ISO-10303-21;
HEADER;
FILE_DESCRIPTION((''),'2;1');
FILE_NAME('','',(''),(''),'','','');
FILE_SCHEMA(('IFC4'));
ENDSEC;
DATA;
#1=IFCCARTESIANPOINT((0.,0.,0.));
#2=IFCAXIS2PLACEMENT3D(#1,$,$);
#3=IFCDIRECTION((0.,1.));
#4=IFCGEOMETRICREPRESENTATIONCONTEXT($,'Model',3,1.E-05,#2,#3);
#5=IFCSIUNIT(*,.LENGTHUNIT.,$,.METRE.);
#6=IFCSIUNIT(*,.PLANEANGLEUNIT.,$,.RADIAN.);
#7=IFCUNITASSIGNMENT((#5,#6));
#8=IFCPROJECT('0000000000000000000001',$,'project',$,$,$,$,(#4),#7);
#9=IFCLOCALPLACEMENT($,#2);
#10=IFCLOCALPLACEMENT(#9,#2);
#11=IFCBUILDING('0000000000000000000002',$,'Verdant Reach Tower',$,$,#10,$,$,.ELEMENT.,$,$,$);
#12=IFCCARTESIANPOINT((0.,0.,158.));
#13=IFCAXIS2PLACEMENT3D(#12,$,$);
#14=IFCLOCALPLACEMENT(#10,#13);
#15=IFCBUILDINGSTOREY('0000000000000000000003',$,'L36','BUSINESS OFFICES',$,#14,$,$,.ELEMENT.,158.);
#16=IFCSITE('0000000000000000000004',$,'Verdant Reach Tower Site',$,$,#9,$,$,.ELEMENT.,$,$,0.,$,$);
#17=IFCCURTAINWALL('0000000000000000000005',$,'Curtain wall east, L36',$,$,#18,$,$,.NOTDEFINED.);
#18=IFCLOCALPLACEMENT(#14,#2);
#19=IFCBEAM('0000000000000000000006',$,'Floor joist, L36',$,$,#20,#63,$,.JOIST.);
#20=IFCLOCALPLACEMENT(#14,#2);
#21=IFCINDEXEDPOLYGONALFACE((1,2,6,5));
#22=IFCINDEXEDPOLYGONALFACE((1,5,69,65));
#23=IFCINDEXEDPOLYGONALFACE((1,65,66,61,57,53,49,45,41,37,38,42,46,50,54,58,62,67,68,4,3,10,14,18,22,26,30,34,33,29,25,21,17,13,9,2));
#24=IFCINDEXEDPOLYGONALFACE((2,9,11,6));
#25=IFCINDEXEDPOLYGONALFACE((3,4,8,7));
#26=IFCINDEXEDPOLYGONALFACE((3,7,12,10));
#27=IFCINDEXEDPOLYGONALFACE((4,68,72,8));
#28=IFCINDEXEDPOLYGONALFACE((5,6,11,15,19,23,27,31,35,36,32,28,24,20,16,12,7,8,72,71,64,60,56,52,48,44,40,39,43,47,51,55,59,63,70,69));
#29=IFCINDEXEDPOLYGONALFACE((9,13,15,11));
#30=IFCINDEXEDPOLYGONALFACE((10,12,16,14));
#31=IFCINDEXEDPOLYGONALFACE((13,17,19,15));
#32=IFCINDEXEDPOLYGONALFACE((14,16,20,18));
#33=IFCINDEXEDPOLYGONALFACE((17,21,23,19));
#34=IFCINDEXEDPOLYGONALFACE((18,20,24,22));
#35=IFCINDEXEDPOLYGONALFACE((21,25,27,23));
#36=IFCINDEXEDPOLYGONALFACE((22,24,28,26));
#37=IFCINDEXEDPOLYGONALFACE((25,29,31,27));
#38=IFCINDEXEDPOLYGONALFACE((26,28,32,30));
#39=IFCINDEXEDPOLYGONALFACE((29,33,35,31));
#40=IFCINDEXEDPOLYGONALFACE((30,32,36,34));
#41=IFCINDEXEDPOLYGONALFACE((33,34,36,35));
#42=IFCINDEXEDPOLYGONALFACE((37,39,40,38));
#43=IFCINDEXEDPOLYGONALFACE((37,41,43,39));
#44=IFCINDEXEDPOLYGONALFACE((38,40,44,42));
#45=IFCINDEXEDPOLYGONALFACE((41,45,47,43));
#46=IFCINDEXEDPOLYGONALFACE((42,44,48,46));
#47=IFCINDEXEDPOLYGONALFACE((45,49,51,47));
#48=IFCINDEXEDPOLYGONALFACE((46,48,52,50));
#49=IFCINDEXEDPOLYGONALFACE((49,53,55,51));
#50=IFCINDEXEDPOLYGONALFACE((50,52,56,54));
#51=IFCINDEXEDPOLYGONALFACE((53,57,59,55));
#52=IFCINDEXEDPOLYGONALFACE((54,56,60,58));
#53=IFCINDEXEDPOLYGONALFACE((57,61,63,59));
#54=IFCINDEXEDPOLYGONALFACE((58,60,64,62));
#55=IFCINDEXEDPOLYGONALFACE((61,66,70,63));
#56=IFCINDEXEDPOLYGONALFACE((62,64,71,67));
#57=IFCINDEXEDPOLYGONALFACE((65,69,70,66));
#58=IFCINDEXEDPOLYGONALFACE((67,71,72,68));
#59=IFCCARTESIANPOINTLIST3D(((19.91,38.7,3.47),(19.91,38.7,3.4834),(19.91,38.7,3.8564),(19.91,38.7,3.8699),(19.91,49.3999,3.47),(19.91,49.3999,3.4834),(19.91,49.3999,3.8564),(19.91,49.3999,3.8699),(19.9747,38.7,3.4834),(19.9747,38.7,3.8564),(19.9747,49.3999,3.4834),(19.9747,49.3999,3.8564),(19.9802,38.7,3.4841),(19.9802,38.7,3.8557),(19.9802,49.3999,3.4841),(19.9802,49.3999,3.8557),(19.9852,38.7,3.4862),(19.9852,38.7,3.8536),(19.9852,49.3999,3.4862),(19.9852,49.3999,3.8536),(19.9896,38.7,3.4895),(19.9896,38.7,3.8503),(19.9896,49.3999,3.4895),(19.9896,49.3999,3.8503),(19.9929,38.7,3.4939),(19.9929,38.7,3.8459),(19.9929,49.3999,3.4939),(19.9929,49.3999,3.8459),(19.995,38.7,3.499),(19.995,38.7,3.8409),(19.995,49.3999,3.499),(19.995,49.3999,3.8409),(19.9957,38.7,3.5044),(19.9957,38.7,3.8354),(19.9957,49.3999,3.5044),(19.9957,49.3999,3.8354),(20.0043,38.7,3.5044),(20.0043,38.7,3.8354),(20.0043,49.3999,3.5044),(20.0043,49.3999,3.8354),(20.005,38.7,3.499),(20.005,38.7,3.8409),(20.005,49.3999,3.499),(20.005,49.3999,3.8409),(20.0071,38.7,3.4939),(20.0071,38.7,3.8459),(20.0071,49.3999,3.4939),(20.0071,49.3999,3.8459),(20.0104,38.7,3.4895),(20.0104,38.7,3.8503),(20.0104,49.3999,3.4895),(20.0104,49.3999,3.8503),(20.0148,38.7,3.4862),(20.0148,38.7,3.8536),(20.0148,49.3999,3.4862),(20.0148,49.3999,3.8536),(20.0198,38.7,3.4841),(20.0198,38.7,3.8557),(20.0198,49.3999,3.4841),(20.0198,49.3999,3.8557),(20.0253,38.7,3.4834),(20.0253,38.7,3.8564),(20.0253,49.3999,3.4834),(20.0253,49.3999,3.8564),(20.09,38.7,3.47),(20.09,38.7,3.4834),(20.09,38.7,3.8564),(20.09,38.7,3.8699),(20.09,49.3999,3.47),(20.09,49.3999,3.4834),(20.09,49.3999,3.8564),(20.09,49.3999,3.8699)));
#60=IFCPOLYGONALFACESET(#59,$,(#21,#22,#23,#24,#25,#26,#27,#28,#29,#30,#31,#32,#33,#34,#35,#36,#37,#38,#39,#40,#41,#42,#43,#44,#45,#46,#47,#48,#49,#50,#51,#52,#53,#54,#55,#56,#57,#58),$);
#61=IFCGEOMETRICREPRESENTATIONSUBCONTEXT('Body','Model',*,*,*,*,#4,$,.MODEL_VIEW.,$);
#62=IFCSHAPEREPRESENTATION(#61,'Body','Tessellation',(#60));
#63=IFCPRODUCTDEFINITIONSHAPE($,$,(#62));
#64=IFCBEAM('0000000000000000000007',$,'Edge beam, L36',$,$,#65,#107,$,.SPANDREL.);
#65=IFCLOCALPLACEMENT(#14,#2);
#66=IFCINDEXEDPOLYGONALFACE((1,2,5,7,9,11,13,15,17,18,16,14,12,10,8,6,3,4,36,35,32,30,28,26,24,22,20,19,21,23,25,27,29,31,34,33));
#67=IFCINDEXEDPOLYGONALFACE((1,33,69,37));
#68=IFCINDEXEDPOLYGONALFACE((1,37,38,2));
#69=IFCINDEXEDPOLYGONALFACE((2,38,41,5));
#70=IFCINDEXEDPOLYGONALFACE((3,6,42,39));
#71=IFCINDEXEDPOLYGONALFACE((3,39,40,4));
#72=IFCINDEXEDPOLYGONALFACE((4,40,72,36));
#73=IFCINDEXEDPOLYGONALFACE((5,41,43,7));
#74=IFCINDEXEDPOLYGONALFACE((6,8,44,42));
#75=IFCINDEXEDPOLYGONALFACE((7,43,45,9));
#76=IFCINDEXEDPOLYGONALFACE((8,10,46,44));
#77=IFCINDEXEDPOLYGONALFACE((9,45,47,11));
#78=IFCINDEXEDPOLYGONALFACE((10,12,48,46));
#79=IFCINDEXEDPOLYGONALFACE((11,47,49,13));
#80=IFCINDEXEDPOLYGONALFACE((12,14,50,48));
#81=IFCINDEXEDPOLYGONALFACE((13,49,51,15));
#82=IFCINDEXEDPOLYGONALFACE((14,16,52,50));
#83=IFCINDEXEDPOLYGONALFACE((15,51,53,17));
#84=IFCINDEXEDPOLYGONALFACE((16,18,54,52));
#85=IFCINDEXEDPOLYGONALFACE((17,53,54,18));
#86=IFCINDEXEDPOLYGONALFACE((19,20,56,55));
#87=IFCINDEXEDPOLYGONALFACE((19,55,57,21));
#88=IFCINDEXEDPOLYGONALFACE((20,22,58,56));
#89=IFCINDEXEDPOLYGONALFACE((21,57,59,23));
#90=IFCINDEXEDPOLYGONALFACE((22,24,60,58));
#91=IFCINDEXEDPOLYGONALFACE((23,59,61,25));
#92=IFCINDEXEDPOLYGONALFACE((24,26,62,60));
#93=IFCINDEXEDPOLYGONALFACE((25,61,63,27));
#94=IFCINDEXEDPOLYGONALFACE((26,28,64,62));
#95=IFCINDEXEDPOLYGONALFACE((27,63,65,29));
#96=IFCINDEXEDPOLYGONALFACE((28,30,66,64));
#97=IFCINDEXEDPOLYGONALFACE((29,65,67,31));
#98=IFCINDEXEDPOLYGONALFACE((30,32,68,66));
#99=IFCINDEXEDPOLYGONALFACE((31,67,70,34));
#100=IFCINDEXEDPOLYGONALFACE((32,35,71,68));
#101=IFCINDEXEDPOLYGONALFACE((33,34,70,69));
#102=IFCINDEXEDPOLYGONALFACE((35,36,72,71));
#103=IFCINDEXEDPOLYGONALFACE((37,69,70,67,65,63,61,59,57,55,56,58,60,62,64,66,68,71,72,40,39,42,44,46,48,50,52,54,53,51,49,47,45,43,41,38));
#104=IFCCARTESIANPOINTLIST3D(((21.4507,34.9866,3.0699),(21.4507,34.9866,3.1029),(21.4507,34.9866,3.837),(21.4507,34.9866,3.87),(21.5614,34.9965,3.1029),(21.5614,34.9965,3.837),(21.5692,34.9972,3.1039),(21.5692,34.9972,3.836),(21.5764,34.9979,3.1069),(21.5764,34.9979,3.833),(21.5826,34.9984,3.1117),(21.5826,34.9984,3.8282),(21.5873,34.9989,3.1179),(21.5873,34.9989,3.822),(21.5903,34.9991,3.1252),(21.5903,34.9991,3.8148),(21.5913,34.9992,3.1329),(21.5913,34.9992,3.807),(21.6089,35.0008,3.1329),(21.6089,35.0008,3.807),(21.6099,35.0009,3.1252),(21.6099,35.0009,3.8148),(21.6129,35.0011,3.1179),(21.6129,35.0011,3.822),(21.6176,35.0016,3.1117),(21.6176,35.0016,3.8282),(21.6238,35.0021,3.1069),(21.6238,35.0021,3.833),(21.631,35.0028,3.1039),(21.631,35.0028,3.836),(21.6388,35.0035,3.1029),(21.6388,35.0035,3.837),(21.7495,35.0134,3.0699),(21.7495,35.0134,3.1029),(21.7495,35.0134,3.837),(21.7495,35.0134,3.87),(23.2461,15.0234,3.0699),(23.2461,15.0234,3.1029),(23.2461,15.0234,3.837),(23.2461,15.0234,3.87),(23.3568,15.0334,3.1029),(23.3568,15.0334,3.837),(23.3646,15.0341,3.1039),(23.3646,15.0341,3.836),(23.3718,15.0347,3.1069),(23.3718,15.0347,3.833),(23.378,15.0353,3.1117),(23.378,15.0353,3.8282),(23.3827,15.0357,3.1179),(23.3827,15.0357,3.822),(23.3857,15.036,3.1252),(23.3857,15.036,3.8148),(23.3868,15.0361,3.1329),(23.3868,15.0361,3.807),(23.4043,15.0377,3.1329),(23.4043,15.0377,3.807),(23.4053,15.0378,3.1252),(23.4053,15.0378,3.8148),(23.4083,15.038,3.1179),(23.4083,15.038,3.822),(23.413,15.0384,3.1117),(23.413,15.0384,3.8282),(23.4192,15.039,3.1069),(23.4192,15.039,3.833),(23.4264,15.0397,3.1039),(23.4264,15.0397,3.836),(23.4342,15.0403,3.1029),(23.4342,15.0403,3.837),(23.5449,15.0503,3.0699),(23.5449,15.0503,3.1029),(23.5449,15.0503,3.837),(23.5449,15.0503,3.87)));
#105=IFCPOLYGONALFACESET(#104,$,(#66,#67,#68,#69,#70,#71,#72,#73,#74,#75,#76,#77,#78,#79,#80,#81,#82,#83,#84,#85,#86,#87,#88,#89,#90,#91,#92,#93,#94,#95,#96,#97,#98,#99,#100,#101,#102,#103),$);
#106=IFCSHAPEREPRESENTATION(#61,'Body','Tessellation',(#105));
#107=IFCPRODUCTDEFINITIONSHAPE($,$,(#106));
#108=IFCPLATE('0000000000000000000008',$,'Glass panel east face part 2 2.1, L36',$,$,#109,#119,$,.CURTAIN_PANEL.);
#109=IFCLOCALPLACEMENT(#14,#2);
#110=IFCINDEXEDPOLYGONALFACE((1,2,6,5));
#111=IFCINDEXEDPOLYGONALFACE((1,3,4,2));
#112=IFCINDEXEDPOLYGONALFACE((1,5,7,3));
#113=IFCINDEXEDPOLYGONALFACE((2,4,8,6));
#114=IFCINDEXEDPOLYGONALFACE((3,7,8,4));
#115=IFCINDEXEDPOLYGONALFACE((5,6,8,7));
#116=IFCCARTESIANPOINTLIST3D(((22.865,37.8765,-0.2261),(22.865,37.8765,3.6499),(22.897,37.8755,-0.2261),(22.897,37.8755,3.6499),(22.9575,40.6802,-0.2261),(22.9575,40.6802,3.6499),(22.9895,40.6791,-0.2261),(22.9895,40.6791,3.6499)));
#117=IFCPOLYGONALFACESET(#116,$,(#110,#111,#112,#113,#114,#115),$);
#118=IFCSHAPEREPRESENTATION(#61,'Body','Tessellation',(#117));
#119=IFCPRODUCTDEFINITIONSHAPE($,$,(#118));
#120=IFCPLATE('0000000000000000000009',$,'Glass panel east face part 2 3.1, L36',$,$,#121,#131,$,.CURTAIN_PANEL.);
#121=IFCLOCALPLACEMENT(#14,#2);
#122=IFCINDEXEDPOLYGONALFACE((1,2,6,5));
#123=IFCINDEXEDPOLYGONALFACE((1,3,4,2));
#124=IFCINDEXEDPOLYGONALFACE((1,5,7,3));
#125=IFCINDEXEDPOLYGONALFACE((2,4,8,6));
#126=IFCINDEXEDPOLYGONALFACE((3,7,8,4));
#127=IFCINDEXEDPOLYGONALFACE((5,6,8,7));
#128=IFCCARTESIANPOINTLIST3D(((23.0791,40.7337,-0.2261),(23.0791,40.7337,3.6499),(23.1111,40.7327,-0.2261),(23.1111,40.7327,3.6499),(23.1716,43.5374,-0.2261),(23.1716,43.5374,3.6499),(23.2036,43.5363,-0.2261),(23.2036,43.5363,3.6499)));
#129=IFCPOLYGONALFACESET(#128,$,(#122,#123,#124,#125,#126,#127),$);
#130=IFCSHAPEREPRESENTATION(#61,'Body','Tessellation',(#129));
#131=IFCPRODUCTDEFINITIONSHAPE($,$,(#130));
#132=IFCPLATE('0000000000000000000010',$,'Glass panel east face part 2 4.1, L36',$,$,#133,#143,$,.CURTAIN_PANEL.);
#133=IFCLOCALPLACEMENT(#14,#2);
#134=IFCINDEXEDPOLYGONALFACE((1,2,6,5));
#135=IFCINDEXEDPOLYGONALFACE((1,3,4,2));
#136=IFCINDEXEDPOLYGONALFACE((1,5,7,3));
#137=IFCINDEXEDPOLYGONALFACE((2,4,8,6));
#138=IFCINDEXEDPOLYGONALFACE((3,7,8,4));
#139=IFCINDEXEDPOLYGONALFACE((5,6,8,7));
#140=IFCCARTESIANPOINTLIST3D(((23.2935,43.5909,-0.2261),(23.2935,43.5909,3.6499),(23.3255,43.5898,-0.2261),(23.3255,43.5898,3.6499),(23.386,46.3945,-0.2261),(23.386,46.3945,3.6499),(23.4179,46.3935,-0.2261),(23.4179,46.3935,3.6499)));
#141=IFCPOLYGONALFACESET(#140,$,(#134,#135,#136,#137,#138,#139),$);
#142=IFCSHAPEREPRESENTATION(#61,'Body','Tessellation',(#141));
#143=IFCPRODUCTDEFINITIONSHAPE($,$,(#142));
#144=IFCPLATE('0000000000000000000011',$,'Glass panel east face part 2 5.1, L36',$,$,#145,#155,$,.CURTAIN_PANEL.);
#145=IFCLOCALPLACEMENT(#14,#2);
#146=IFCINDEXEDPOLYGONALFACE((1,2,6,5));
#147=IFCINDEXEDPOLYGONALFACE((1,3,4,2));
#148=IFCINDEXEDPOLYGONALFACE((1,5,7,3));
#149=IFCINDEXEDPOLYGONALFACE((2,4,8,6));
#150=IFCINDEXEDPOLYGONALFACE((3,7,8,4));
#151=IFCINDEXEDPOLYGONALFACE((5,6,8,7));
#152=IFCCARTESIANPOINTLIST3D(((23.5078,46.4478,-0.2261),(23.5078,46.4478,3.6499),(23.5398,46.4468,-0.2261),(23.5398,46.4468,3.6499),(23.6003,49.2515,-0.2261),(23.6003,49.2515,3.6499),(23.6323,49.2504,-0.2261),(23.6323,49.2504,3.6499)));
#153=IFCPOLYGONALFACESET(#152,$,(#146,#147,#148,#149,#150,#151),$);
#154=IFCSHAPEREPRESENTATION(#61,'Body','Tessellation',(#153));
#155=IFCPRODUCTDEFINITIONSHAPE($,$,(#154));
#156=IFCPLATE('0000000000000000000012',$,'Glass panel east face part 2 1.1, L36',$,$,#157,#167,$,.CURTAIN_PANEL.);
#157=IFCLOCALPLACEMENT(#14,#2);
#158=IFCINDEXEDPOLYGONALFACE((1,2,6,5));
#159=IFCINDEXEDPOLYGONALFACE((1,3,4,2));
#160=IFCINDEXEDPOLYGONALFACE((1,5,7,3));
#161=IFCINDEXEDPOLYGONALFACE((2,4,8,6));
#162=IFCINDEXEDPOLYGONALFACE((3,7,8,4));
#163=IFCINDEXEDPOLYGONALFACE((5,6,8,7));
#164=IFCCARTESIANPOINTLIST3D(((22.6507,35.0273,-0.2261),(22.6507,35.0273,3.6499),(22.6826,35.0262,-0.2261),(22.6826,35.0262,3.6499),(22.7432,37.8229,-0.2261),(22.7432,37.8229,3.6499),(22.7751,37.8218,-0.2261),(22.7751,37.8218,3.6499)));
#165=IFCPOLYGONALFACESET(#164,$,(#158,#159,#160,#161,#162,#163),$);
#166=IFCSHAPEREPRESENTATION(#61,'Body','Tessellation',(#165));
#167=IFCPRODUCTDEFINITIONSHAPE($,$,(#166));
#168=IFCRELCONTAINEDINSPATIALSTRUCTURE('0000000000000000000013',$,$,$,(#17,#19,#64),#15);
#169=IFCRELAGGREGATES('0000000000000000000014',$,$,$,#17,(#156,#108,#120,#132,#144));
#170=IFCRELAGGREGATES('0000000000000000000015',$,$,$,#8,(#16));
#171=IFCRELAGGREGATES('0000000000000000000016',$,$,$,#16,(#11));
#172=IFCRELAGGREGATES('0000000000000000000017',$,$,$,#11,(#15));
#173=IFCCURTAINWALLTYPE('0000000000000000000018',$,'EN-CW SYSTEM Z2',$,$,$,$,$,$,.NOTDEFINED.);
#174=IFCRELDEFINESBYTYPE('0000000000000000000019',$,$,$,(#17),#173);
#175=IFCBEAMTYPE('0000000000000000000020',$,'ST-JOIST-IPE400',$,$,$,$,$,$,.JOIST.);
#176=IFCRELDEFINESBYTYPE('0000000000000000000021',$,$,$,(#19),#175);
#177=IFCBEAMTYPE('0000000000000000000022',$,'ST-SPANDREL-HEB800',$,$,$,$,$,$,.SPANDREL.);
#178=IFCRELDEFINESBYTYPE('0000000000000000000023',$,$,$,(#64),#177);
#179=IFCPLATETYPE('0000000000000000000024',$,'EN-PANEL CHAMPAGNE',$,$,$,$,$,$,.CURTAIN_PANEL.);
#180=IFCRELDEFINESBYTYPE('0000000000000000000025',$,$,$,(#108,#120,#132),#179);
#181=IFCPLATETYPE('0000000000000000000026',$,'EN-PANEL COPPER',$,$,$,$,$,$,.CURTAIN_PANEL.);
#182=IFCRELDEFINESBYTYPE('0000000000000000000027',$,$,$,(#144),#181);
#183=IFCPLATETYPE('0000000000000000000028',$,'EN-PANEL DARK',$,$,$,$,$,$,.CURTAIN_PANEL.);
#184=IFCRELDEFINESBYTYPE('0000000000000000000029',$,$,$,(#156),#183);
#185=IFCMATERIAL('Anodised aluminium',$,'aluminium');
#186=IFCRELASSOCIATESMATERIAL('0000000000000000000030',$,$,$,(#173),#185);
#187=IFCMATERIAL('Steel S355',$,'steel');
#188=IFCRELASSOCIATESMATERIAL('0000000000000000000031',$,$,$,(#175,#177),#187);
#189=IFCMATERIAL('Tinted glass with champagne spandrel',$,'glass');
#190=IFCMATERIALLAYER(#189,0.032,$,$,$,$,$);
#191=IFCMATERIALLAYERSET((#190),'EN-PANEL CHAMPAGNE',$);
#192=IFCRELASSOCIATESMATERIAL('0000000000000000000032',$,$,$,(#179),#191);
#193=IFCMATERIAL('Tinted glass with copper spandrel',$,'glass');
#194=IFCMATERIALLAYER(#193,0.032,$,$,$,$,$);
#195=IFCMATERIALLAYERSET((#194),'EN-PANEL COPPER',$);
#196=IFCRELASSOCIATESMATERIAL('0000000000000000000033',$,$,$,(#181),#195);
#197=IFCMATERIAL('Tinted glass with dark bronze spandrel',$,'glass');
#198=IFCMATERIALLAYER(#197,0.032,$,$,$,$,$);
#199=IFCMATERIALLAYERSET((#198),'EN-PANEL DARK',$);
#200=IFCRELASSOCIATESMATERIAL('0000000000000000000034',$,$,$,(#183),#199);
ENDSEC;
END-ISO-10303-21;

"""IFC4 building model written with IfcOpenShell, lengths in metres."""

from ifc_helpers import new_model, si_unit, direction, frame, origin, origin_2d, place, context, subcontext, project, spatial, rectangle, i_section, extrude, material, layer, layer_set, material_profile, profile_set, type_object, element, aggregate, save


model = new_model("IFC4")

# Units and contexts
model_context = context("Model", 3, precision=1e-05, world=origin(), true_north=direction((0.0, 1.0)))
body_context = subcontext(model_context, "Body", "Model", "MODEL_VIEW")
ifc_project = project(units=[si_unit("LENGTHUNIT", "METRE"), si_unit("PLANEANGLEUNIT", "RADIAN")], contexts=[model_context])

# Site, building, storey
site_placement = place(None, origin())
site = spatial("IfcSite", under=ifc_project, at=site_placement, Name="Verdant Reach Tower Site", CompositionType="ELEMENT", RefElevation=0.0)
building_placement = place(site_placement, origin())
building = spatial("IfcBuilding", under=site, at=building_placement, Name="Verdant Reach Tower", CompositionType="ELEMENT")
storey_placement = place(building_placement, frame((0.0, 0.0, 158.0)))
storey = spatial("IfcBuildingStorey", under=building, at=storey_placement, Name="L36", Description="BUSINESS OFFICES", CompositionType="ELEMENT", Elevation=158.0)

# Curtain wall
ifc_material_1 = material(Name="Anodised aluminium", Category="aluminium")
curtain_wall_type = type_object("IfcCurtainWallType", Name="EN-CW SYSTEM Z2", PredefinedType="NOTDEFINED", material=ifc_material_1)
curtain_wall_placement = place(storey_placement, origin())
curtain_wall = element("IfcCurtainWall", 1, at=curtain_wall_placement, inside=storey, type_object=curtain_wall_type, Name="Curtain wall east, L36", PredefinedType="NOTDEFINED")

# Beams
ifc_material_2 = material(Name="Steel S355", Category="steel")
ifc_material_profile_1 = material_profile(ifc_material_2, i_section(OverallWidth=0.1799, OverallDepth=0.3999, WebThickness=0.0085, FlangeThickness=0.0134, FilletRadius=0.021, at=origin_2d()), Name="IPE 400")
ifc_profile_set_1 = profile_set([ifc_material_profile_1], Name="Steel S355")
beam_type_1 = type_object("IfcBeamType", Name="ST-JOIST-IPE400", PredefinedType="JOIST", material=ifc_profile_set_1)
for number, where, z_axis, x_axis, name in (
    (2, (20.0, 38.7, 3.6699), (0.0, 1.0, 0.0), (-1.0, 0.0, 0.0), "Floor joist, L36"),
):
    element("IfcBeam", number, at=place(storey_placement, frame(where, z_axis=z_axis, x_axis=x_axis)), inside=storey, type_object=beam_type_1, Name=name, PredefinedType="JOIST", context=body_context, shape_type="SweptSolid", body=[
        extrude(i_section(OverallWidth=0.1799, OverallDepth=0.3999, WebThickness=0.0085, FlangeThickness=0.0134, FilletRadius=0.021, at=origin_2d()), origin(), (0.0, 0.0, 1.0), 10.7),
    ])
ifc_material_profile_2 = material_profile(ifc_material_2, i_section(OverallWidth=0.3, OverallDepth=0.8, WebThickness=0.0176, FlangeThickness=0.033, FilletRadius=0.03, at=origin_2d()), Name="HEB 800")
ifc_profile_set_2 = profile_set([ifc_material_profile_2], Name="Steel S355")
beam_type_2 = type_object("IfcBeamType", Name="ST-SPANDREL-HEB800", PredefinedType="SPANDREL", material=ifc_profile_set_2)
beam_1_placement = place(storey_placement, frame((21.6001, 35.0, 3.47), z_axis=(0.089575, -0.99598, 0.0), x_axis=(0.99598, 0.089575, 0.0)))
element("IfcBeam", 3, at=beam_1_placement, inside=storey, type_object=beam_type_2, Name="Edge beam, L36", PredefinedType="SPANDREL", context=body_context, shape_type="SweptSolid", body=[
    extrude(i_section(OverallWidth=0.3, OverallDepth=0.8, WebThickness=0.0176, FlangeThickness=0.033, FilletRadius=0.03, at=origin_2d()), origin(), (0.0, 0.0, 1.0), 20.0437),
])

# Plates
ifc_material_3 = material(Name="Tinted glass with champagne spandrel", Category="glass")
ifc_layer_1 = layer(ifc_material_3, 0.032)
ifc_layer_set_1 = layer_set([ifc_layer_1], Name="EN-PANEL CHAMPAGNE")
plate_type_1 = type_object("IfcPlateType", Name="EN-PANEL CHAMPAGNE", PredefinedType="CURTAIN_PANEL", material=ifc_layer_set_1)
plate_1_placement = place(storey_placement, frame((22.9272, 39.2778, -0.2261), z_axis=(0.0, 0.0, 1.0), x_axis=(0.032966, 0.999456, 0.0)))
plate_1 = element("IfcPlate", 4, at=plate_1_placement, type_object=plate_type_1, Name="Glass panel east face part 2 2.1, L36", PredefinedType="CURTAIN_PANEL", context=body_context, shape_type="SweptSolid", body=[
    extrude(rectangle(XDim=2.8052, YDim=0.032, at=origin_2d()), origin(), (0.0, 0.0, 1.0), 3.876),
])
plate_2_placement = place(storey_placement, frame((23.1414, 42.135, -0.2261), z_axis=(0.0, 0.0, 1.0), x_axis=(0.032966, 0.999456, 0.0)))
plate_2 = element("IfcPlate", 5, at=plate_2_placement, type_object=plate_type_1, Name="Glass panel east face part 2 3.1, L36", PredefinedType="CURTAIN_PANEL", context=body_context, shape_type="SweptSolid", body=[
    extrude(rectangle(XDim=2.8052, YDim=0.032, at=origin_2d()), origin(), (0.0, 0.0, 1.0), 3.876),
])
plate_3_placement = place(storey_placement, frame((23.3557, 44.9922, -0.2261), z_axis=(0.0, 0.0, 1.0), x_axis=(0.032966, 0.999456, 0.0)))
plate_3 = element("IfcPlate", 6, at=plate_3_placement, type_object=plate_type_1, Name="Glass panel east face part 2 4.1, L36", PredefinedType="CURTAIN_PANEL", context=body_context, shape_type="SweptSolid", body=[
    extrude(rectangle(XDim=2.8052, YDim=0.032, at=origin_2d()), origin(), (0.0, 0.0, 1.0), 3.876),
])
ifc_material_4 = material(Name="Tinted glass with copper spandrel", Category="glass")
ifc_layer_2 = layer(ifc_material_4, 0.032)
ifc_layer_set_2 = layer_set([ifc_layer_2], Name="EN-PANEL COPPER")
plate_type_2 = type_object("IfcPlateType", Name="EN-PANEL COPPER", PredefinedType="CURTAIN_PANEL", material=ifc_layer_set_2)
plate_4_placement = place(storey_placement, frame((23.5701, 47.8491, -0.2261), z_axis=(0.0, 0.0, 1.0), x_axis=(0.032966, 0.999456, 0.0)))
plate_4 = element("IfcPlate", 7, at=plate_4_placement, type_object=plate_type_2, Name="Glass panel east face part 2 5.1, L36", PredefinedType="CURTAIN_PANEL", context=body_context, shape_type="SweptSolid", body=[
    extrude(rectangle(XDim=2.8052, YDim=0.032, at=origin_2d()), origin(), (0.0, 0.0, 1.0), 3.876),
])
ifc_material_5 = material(Name="Tinted glass with dark bronze spandrel", Category="glass")
ifc_layer_3 = layer(ifc_material_5, 0.032)
ifc_layer_set_3 = layer_set([ifc_layer_3], Name="EN-PANEL DARK")
plate_type_3 = type_object("IfcPlateType", Name="EN-PANEL DARK", PredefinedType="CURTAIN_PANEL", material=ifc_layer_set_3)
plate_5_placement = place(storey_placement, frame((22.7129, 36.4246, -0.2261), z_axis=(0.0, 0.0, 1.0), x_axis=(0.03307, 0.999453, 0.0)))
plate_5 = element("IfcPlate", 8, at=plate_5_placement, type_object=plate_type_3, Name="Glass panel east face part 2 1.1, L36", PredefinedType="CURTAIN_PANEL", context=body_context, shape_type="SweptSolid", body=[
    extrude(rectangle(XDim=2.7971, YDim=0.032, at=origin_2d()), origin(), (0.0, 0.0, 1.0), 3.876),
])
aggregate(curtain_wall, [plate_5, plate_1, plate_2, plate_3, plate_4])

save(model, "model.ifc")
